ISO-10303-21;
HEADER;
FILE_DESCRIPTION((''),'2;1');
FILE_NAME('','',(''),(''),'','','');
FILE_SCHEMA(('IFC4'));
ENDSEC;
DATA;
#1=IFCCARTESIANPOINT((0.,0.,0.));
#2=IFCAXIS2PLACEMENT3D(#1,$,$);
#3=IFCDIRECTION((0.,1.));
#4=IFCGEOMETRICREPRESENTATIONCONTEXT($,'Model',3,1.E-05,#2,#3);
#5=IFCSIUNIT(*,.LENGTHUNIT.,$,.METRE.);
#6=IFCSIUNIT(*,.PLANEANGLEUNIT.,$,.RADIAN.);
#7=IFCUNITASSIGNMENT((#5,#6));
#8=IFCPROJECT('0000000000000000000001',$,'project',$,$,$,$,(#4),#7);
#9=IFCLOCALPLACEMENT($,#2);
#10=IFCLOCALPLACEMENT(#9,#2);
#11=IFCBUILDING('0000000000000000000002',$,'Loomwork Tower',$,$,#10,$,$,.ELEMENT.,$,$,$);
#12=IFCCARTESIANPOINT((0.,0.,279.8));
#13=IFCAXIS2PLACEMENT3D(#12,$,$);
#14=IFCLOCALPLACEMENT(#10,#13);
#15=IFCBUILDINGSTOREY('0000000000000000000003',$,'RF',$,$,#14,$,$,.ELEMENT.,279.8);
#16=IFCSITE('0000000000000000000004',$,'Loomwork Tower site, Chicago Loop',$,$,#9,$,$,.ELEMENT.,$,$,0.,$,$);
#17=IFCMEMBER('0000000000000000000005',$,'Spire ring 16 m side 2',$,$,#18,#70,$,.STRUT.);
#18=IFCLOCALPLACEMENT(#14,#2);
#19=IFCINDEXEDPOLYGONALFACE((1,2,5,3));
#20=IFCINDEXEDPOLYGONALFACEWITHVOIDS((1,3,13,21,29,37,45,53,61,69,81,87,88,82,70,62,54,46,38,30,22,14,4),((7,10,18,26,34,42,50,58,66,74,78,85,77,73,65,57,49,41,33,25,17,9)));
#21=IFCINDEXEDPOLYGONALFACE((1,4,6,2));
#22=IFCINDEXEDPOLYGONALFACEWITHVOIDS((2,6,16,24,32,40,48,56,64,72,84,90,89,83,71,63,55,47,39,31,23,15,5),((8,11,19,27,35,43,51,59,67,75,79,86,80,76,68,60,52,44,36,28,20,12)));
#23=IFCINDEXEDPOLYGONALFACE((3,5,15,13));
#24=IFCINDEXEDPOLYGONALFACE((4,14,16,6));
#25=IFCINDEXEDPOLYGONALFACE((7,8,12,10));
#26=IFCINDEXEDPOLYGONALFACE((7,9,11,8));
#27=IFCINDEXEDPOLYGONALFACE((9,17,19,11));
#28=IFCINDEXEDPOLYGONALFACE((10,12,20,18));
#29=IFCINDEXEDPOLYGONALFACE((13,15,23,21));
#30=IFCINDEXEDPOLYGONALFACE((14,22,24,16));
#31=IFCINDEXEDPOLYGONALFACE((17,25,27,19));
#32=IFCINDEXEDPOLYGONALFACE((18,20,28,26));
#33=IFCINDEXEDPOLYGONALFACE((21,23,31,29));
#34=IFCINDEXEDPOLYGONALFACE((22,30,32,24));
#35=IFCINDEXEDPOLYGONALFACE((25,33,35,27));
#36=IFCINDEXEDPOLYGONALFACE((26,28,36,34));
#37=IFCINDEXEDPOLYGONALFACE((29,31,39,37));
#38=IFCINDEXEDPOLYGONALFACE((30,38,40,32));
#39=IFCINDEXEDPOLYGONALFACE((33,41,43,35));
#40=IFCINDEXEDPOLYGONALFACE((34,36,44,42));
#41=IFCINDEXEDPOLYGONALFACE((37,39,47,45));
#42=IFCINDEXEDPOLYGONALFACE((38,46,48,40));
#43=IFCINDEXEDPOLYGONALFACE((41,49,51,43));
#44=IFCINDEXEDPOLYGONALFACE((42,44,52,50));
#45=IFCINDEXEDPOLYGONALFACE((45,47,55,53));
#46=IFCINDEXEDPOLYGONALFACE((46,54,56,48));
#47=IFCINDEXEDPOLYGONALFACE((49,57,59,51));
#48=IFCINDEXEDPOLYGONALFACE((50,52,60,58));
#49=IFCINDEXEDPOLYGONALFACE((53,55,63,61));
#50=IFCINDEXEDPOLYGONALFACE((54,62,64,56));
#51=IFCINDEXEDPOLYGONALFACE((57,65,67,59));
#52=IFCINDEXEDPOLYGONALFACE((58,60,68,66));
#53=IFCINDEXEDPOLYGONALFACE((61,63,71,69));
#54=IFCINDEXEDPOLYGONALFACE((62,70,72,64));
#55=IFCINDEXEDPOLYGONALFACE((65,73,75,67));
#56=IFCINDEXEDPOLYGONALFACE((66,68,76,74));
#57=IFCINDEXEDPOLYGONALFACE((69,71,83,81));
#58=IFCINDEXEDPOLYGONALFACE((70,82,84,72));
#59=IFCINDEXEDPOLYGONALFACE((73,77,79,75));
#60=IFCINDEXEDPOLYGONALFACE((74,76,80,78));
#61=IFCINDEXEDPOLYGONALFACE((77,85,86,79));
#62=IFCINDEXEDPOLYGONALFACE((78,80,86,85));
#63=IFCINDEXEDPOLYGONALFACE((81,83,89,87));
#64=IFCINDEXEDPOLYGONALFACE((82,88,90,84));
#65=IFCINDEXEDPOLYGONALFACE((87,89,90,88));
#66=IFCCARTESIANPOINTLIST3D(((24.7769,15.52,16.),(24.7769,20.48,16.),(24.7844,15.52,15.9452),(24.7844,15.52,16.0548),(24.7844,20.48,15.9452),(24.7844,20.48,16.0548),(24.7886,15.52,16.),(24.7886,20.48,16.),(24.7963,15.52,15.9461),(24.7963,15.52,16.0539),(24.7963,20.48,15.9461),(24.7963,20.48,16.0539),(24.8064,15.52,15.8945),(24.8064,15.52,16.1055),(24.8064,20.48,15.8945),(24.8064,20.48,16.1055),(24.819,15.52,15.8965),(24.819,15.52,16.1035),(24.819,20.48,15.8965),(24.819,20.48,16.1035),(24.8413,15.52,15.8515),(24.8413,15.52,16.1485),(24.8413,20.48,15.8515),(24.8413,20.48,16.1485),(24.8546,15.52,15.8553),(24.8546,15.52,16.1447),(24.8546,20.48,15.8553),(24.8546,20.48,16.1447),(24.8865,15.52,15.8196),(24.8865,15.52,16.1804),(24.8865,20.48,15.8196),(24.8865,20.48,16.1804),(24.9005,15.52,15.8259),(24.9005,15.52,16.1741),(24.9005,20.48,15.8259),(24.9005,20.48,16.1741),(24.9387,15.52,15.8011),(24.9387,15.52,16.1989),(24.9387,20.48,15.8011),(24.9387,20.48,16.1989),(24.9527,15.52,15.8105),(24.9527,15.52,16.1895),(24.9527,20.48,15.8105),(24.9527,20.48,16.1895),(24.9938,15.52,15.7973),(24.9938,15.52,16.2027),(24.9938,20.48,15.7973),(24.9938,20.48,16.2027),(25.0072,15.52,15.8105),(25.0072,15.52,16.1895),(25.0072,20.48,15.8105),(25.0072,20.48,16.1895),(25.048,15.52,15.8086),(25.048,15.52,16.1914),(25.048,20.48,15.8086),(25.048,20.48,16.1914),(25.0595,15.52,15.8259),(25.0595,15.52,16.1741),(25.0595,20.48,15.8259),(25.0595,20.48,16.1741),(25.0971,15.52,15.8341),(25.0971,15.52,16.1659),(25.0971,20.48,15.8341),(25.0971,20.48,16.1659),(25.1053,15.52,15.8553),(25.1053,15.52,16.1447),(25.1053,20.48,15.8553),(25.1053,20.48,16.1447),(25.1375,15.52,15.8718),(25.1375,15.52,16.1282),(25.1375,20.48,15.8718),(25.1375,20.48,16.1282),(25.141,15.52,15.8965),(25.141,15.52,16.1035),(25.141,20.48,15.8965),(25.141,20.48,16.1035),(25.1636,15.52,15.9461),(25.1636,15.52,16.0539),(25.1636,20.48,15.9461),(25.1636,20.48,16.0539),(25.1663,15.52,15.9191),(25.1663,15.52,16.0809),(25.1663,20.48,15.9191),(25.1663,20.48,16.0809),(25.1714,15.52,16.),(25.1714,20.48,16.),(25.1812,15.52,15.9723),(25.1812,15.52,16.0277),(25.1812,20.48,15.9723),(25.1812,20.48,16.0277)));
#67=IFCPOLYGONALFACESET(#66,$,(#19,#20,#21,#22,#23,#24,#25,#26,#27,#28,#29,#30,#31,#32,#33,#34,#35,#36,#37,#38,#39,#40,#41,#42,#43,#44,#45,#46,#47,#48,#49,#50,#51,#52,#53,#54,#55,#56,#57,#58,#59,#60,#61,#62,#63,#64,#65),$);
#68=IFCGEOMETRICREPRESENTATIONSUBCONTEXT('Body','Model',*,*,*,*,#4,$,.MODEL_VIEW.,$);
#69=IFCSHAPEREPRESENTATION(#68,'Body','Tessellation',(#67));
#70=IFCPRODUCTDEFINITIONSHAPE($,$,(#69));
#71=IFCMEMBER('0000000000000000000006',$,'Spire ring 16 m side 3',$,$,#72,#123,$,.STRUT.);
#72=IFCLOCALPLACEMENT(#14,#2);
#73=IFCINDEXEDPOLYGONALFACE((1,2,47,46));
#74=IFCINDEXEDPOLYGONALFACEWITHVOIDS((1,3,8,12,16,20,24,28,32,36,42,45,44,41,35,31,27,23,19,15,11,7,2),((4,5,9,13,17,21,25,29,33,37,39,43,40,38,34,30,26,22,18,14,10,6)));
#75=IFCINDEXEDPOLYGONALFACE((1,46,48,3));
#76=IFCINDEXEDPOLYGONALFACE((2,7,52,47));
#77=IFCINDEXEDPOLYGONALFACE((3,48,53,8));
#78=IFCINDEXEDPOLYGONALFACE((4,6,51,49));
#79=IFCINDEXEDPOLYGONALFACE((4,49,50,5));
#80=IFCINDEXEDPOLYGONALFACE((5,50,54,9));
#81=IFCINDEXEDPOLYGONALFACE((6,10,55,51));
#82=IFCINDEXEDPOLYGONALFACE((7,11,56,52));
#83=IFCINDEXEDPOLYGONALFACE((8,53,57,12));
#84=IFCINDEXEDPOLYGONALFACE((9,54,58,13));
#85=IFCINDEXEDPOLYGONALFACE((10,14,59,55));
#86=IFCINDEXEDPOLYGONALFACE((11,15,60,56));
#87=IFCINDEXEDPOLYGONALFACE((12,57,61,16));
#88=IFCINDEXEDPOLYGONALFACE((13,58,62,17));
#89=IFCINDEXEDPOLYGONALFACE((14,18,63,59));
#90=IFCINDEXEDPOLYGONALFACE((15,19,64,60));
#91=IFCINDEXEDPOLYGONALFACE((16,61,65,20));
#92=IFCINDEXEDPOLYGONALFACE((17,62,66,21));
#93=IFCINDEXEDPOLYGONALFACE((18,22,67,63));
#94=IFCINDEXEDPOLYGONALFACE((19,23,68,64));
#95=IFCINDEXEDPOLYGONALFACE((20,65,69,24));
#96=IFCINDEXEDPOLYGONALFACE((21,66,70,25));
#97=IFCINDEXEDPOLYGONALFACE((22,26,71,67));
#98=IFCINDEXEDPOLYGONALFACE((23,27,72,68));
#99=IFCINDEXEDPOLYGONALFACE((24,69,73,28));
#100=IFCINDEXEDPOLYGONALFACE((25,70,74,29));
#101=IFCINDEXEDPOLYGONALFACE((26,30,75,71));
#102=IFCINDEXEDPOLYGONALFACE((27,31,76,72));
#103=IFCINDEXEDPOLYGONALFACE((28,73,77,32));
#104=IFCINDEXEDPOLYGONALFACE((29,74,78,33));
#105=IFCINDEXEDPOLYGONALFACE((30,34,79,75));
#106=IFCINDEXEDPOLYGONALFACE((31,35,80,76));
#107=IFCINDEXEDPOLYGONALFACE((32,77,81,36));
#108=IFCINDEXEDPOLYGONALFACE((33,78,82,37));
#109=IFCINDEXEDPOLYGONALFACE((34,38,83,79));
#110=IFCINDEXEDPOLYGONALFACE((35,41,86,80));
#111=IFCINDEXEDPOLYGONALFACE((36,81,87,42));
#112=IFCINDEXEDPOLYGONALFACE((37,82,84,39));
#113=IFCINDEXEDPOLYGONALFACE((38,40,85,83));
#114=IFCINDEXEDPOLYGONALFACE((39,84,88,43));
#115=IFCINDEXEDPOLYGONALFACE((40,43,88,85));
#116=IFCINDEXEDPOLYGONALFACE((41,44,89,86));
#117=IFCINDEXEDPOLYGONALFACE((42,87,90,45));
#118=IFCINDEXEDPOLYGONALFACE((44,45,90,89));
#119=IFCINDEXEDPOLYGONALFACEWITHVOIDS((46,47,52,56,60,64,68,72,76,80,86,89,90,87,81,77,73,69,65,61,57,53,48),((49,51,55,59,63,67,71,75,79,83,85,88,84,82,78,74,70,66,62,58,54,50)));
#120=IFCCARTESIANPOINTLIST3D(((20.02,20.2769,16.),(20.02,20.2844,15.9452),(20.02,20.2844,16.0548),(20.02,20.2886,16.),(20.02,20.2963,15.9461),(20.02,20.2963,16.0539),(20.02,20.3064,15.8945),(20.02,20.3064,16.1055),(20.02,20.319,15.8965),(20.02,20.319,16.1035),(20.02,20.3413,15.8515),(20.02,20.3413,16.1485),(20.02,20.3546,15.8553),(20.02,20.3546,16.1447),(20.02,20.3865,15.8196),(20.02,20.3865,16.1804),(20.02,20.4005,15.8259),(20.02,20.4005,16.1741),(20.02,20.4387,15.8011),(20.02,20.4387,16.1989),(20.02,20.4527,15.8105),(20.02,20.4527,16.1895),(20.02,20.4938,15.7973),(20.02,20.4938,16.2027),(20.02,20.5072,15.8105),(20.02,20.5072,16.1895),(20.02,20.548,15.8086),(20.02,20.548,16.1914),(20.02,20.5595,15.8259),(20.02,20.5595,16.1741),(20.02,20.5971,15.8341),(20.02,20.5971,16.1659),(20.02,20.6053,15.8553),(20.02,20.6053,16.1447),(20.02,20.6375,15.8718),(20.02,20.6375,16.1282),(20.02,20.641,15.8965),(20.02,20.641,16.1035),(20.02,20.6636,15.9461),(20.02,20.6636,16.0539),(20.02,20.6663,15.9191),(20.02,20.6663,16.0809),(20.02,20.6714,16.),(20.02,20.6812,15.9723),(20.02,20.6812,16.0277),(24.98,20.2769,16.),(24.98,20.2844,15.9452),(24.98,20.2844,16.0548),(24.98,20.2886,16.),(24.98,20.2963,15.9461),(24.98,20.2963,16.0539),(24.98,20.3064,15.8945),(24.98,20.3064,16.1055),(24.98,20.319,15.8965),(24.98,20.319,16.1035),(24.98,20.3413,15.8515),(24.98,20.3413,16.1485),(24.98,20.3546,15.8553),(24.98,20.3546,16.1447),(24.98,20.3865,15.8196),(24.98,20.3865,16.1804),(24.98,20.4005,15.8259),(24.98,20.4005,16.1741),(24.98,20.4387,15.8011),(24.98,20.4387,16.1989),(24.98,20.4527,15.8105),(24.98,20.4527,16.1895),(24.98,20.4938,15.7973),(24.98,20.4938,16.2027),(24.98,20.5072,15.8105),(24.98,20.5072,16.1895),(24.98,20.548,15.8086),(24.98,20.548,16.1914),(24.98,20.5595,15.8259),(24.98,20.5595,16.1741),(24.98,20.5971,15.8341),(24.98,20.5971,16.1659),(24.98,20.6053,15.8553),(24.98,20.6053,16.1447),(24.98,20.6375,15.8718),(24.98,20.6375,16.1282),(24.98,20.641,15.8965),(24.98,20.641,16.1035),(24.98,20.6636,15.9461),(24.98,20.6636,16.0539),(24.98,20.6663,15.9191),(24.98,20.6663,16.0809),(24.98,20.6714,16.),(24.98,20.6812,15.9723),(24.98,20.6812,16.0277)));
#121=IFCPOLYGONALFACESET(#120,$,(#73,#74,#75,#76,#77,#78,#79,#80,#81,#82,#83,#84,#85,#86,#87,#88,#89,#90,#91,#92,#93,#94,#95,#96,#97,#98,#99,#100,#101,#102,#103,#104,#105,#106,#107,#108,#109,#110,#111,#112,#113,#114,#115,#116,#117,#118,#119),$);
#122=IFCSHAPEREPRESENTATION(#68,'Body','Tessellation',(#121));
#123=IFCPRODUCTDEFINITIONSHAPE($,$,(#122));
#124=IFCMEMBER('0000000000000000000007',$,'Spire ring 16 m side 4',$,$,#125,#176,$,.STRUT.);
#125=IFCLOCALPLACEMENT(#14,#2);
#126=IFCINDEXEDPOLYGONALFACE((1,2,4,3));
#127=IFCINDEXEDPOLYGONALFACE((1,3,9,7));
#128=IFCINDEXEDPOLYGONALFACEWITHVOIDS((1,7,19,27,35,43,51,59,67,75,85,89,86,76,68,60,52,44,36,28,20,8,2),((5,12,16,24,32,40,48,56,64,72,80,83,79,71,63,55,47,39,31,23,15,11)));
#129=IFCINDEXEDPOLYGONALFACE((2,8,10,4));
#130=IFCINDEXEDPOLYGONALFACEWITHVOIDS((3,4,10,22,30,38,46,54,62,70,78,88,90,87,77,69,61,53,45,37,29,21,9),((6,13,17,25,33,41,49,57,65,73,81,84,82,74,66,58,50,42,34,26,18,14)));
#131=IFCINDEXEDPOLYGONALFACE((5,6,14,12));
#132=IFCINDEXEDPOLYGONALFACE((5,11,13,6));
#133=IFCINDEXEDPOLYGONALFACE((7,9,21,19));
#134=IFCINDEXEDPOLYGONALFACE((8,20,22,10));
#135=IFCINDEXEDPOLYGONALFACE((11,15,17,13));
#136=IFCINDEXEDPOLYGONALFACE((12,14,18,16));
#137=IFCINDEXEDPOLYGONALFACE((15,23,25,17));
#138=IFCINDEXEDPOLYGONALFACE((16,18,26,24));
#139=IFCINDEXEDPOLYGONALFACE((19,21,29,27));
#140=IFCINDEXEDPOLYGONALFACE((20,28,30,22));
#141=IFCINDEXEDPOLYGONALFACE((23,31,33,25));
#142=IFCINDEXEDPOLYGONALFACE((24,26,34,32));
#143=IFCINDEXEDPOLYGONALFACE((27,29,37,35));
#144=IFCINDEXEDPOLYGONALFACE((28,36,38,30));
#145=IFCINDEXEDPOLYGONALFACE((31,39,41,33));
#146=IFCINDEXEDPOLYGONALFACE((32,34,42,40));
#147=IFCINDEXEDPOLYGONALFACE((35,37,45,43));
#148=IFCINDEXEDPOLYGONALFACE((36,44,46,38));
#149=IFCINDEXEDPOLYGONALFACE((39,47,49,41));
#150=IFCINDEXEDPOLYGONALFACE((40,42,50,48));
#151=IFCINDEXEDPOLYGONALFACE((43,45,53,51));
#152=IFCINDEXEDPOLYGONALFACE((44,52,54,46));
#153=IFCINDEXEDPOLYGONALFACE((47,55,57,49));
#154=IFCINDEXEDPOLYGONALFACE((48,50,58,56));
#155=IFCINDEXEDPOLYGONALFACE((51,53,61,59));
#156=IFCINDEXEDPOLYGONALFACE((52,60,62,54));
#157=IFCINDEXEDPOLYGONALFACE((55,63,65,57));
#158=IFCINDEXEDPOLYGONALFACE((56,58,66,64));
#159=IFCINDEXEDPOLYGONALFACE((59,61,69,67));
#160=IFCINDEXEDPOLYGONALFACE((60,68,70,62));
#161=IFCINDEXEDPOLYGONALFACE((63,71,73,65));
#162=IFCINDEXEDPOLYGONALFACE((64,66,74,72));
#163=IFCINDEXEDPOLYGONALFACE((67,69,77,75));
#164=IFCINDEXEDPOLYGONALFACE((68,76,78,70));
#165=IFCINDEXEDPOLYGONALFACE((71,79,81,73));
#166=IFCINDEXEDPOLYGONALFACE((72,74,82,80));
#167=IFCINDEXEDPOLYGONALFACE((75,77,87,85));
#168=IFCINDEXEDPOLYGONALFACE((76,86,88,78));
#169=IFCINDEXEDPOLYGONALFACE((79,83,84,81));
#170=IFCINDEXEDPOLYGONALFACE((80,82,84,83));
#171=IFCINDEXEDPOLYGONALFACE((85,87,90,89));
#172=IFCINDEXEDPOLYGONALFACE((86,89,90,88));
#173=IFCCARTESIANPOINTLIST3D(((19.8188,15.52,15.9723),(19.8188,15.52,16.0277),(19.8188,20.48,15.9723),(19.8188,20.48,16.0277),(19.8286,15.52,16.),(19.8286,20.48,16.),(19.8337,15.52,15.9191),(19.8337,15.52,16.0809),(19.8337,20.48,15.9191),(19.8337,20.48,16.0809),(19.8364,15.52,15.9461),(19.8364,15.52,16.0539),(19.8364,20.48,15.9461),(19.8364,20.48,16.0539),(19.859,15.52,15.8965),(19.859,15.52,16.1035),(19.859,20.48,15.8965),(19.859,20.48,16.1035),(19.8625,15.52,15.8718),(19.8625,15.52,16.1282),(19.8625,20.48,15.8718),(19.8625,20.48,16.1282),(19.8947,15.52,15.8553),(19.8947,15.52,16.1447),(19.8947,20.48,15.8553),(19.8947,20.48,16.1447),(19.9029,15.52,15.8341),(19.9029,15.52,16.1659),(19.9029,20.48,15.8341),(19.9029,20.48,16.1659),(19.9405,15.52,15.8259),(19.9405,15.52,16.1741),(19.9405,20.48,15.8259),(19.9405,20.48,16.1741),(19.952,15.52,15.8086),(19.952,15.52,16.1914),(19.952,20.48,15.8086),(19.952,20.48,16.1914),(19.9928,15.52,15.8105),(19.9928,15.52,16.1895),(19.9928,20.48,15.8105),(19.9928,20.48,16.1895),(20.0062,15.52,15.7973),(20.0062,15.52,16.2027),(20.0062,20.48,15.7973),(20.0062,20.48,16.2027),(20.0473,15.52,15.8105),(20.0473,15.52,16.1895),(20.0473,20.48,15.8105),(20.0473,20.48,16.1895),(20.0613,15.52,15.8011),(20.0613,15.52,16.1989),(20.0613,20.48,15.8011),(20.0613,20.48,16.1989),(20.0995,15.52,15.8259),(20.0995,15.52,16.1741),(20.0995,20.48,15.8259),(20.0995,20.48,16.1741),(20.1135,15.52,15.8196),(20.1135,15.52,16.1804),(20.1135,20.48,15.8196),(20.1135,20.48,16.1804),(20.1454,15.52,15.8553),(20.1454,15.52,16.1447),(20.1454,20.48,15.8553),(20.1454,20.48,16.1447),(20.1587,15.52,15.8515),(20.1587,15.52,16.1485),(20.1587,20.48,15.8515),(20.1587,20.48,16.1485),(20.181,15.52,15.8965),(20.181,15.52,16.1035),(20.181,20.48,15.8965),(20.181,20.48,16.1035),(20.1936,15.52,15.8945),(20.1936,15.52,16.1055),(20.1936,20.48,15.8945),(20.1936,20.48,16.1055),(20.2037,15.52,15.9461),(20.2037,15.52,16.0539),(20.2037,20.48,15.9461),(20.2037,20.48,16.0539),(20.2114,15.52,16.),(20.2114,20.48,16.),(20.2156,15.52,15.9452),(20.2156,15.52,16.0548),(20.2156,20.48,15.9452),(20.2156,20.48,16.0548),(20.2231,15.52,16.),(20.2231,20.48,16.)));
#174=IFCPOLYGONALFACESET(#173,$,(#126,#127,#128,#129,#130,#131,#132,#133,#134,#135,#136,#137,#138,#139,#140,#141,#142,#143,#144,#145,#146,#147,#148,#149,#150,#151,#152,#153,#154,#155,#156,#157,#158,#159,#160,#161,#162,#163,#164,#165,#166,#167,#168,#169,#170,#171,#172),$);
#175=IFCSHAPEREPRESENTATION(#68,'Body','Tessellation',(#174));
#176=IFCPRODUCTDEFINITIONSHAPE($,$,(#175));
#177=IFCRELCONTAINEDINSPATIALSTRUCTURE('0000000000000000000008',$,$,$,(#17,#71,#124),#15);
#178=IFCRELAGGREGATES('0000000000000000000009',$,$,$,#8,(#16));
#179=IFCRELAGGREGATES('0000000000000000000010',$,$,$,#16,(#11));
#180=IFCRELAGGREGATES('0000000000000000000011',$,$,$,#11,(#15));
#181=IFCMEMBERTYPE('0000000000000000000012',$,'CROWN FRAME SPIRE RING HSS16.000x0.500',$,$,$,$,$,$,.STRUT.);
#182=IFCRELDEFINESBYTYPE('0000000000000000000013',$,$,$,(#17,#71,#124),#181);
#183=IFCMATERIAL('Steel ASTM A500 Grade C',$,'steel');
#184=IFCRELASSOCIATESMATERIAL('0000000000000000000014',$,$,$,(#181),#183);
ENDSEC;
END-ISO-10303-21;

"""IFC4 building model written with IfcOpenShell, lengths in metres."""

from ifc_helpers import new_model, si_unit, direction, frame, origin, origin_2d, place, context, subcontext, project, spatial, hollow_circle, extrude, material, material_profile, profile_set, type_object, element, save


model = new_model("IFC4")

# Units and contexts
model_context = context("Model", 3, precision=1e-05, world=origin(), true_north=direction((0.0, 1.0)))
body_context = subcontext(model_context, "Body", "Model", "MODEL_VIEW")
ifc_project = project(units=[si_unit("LENGTHUNIT", "METRE"), si_unit("PLANEANGLEUNIT", "RADIAN")], contexts=[model_context])

# Site, building, storey
site_placement = place(None, origin())
site = spatial("IfcSite", under=ifc_project, at=site_placement, Name="Loomwork Tower site, Chicago Loop", CompositionType="ELEMENT", RefElevation=0.0)
building_placement = place(site_placement, origin())
building = spatial("IfcBuilding", under=site, at=building_placement, Name="Loomwork Tower", CompositionType="ELEMENT")
storey_placement = place(building_placement, frame((0.0, 0.0, 279.8)))
storey = spatial("IfcBuildingStorey", under=building, at=storey_placement, Name="RF", CompositionType="ELEMENT", Elevation=279.8)

# Members
ifc_material_1 = material(Name="Steel ASTM A500 Grade C", Category="steel")
ifc_material_profile_1 = material_profile(ifc_material_1, hollow_circle(Radius=0.2031, WallThickness=0.0117, at=origin_2d()), Name="HSS16.000x0.500")
ifc_profile_set_1 = profile_set([ifc_material_profile_1], Name="Steel ASTM A500 Grade C")
member_type_1 = type_object("IfcMemberType", Name="CROWN FRAME SPIRE RING HSS16.000x0.500", PredefinedType="STRUT", material=ifc_profile_set_1)
for number, where, z_axis, x_axis, name in (
    (1, (24.98, 15.52, 16.0), (0.0, 1.0, 0.0), (-1.0, 0.0, 0.0), "Spire ring 16 m side 2"),
    (2, (24.98, 20.48, 16.0), (-1.0, 0.0, 0.0), (0.0, -1.0, 0.0), "Spire ring 16 m side 3"),
    (3, (20.02, 20.48, 16.0), (0.0, -1.0, 0.0), (1.0, 0.0, 0.0), "Spire ring 16 m side 4"),
):
    element("IfcMember", number, at=place(storey_placement, frame(where, z_axis=z_axis, x_axis=x_axis)), inside=storey, type_object=member_type_1, Name=name, PredefinedType="STRUT", context=body_context, shape_type="SweptSolid", body=[
        extrude(hollow_circle(Radius=0.2031, WallThickness=0.0117, at=origin_2d()), origin(), (0.0, 0.0, 1.0), 4.96),
    ])

save(model, "model.ifc")
